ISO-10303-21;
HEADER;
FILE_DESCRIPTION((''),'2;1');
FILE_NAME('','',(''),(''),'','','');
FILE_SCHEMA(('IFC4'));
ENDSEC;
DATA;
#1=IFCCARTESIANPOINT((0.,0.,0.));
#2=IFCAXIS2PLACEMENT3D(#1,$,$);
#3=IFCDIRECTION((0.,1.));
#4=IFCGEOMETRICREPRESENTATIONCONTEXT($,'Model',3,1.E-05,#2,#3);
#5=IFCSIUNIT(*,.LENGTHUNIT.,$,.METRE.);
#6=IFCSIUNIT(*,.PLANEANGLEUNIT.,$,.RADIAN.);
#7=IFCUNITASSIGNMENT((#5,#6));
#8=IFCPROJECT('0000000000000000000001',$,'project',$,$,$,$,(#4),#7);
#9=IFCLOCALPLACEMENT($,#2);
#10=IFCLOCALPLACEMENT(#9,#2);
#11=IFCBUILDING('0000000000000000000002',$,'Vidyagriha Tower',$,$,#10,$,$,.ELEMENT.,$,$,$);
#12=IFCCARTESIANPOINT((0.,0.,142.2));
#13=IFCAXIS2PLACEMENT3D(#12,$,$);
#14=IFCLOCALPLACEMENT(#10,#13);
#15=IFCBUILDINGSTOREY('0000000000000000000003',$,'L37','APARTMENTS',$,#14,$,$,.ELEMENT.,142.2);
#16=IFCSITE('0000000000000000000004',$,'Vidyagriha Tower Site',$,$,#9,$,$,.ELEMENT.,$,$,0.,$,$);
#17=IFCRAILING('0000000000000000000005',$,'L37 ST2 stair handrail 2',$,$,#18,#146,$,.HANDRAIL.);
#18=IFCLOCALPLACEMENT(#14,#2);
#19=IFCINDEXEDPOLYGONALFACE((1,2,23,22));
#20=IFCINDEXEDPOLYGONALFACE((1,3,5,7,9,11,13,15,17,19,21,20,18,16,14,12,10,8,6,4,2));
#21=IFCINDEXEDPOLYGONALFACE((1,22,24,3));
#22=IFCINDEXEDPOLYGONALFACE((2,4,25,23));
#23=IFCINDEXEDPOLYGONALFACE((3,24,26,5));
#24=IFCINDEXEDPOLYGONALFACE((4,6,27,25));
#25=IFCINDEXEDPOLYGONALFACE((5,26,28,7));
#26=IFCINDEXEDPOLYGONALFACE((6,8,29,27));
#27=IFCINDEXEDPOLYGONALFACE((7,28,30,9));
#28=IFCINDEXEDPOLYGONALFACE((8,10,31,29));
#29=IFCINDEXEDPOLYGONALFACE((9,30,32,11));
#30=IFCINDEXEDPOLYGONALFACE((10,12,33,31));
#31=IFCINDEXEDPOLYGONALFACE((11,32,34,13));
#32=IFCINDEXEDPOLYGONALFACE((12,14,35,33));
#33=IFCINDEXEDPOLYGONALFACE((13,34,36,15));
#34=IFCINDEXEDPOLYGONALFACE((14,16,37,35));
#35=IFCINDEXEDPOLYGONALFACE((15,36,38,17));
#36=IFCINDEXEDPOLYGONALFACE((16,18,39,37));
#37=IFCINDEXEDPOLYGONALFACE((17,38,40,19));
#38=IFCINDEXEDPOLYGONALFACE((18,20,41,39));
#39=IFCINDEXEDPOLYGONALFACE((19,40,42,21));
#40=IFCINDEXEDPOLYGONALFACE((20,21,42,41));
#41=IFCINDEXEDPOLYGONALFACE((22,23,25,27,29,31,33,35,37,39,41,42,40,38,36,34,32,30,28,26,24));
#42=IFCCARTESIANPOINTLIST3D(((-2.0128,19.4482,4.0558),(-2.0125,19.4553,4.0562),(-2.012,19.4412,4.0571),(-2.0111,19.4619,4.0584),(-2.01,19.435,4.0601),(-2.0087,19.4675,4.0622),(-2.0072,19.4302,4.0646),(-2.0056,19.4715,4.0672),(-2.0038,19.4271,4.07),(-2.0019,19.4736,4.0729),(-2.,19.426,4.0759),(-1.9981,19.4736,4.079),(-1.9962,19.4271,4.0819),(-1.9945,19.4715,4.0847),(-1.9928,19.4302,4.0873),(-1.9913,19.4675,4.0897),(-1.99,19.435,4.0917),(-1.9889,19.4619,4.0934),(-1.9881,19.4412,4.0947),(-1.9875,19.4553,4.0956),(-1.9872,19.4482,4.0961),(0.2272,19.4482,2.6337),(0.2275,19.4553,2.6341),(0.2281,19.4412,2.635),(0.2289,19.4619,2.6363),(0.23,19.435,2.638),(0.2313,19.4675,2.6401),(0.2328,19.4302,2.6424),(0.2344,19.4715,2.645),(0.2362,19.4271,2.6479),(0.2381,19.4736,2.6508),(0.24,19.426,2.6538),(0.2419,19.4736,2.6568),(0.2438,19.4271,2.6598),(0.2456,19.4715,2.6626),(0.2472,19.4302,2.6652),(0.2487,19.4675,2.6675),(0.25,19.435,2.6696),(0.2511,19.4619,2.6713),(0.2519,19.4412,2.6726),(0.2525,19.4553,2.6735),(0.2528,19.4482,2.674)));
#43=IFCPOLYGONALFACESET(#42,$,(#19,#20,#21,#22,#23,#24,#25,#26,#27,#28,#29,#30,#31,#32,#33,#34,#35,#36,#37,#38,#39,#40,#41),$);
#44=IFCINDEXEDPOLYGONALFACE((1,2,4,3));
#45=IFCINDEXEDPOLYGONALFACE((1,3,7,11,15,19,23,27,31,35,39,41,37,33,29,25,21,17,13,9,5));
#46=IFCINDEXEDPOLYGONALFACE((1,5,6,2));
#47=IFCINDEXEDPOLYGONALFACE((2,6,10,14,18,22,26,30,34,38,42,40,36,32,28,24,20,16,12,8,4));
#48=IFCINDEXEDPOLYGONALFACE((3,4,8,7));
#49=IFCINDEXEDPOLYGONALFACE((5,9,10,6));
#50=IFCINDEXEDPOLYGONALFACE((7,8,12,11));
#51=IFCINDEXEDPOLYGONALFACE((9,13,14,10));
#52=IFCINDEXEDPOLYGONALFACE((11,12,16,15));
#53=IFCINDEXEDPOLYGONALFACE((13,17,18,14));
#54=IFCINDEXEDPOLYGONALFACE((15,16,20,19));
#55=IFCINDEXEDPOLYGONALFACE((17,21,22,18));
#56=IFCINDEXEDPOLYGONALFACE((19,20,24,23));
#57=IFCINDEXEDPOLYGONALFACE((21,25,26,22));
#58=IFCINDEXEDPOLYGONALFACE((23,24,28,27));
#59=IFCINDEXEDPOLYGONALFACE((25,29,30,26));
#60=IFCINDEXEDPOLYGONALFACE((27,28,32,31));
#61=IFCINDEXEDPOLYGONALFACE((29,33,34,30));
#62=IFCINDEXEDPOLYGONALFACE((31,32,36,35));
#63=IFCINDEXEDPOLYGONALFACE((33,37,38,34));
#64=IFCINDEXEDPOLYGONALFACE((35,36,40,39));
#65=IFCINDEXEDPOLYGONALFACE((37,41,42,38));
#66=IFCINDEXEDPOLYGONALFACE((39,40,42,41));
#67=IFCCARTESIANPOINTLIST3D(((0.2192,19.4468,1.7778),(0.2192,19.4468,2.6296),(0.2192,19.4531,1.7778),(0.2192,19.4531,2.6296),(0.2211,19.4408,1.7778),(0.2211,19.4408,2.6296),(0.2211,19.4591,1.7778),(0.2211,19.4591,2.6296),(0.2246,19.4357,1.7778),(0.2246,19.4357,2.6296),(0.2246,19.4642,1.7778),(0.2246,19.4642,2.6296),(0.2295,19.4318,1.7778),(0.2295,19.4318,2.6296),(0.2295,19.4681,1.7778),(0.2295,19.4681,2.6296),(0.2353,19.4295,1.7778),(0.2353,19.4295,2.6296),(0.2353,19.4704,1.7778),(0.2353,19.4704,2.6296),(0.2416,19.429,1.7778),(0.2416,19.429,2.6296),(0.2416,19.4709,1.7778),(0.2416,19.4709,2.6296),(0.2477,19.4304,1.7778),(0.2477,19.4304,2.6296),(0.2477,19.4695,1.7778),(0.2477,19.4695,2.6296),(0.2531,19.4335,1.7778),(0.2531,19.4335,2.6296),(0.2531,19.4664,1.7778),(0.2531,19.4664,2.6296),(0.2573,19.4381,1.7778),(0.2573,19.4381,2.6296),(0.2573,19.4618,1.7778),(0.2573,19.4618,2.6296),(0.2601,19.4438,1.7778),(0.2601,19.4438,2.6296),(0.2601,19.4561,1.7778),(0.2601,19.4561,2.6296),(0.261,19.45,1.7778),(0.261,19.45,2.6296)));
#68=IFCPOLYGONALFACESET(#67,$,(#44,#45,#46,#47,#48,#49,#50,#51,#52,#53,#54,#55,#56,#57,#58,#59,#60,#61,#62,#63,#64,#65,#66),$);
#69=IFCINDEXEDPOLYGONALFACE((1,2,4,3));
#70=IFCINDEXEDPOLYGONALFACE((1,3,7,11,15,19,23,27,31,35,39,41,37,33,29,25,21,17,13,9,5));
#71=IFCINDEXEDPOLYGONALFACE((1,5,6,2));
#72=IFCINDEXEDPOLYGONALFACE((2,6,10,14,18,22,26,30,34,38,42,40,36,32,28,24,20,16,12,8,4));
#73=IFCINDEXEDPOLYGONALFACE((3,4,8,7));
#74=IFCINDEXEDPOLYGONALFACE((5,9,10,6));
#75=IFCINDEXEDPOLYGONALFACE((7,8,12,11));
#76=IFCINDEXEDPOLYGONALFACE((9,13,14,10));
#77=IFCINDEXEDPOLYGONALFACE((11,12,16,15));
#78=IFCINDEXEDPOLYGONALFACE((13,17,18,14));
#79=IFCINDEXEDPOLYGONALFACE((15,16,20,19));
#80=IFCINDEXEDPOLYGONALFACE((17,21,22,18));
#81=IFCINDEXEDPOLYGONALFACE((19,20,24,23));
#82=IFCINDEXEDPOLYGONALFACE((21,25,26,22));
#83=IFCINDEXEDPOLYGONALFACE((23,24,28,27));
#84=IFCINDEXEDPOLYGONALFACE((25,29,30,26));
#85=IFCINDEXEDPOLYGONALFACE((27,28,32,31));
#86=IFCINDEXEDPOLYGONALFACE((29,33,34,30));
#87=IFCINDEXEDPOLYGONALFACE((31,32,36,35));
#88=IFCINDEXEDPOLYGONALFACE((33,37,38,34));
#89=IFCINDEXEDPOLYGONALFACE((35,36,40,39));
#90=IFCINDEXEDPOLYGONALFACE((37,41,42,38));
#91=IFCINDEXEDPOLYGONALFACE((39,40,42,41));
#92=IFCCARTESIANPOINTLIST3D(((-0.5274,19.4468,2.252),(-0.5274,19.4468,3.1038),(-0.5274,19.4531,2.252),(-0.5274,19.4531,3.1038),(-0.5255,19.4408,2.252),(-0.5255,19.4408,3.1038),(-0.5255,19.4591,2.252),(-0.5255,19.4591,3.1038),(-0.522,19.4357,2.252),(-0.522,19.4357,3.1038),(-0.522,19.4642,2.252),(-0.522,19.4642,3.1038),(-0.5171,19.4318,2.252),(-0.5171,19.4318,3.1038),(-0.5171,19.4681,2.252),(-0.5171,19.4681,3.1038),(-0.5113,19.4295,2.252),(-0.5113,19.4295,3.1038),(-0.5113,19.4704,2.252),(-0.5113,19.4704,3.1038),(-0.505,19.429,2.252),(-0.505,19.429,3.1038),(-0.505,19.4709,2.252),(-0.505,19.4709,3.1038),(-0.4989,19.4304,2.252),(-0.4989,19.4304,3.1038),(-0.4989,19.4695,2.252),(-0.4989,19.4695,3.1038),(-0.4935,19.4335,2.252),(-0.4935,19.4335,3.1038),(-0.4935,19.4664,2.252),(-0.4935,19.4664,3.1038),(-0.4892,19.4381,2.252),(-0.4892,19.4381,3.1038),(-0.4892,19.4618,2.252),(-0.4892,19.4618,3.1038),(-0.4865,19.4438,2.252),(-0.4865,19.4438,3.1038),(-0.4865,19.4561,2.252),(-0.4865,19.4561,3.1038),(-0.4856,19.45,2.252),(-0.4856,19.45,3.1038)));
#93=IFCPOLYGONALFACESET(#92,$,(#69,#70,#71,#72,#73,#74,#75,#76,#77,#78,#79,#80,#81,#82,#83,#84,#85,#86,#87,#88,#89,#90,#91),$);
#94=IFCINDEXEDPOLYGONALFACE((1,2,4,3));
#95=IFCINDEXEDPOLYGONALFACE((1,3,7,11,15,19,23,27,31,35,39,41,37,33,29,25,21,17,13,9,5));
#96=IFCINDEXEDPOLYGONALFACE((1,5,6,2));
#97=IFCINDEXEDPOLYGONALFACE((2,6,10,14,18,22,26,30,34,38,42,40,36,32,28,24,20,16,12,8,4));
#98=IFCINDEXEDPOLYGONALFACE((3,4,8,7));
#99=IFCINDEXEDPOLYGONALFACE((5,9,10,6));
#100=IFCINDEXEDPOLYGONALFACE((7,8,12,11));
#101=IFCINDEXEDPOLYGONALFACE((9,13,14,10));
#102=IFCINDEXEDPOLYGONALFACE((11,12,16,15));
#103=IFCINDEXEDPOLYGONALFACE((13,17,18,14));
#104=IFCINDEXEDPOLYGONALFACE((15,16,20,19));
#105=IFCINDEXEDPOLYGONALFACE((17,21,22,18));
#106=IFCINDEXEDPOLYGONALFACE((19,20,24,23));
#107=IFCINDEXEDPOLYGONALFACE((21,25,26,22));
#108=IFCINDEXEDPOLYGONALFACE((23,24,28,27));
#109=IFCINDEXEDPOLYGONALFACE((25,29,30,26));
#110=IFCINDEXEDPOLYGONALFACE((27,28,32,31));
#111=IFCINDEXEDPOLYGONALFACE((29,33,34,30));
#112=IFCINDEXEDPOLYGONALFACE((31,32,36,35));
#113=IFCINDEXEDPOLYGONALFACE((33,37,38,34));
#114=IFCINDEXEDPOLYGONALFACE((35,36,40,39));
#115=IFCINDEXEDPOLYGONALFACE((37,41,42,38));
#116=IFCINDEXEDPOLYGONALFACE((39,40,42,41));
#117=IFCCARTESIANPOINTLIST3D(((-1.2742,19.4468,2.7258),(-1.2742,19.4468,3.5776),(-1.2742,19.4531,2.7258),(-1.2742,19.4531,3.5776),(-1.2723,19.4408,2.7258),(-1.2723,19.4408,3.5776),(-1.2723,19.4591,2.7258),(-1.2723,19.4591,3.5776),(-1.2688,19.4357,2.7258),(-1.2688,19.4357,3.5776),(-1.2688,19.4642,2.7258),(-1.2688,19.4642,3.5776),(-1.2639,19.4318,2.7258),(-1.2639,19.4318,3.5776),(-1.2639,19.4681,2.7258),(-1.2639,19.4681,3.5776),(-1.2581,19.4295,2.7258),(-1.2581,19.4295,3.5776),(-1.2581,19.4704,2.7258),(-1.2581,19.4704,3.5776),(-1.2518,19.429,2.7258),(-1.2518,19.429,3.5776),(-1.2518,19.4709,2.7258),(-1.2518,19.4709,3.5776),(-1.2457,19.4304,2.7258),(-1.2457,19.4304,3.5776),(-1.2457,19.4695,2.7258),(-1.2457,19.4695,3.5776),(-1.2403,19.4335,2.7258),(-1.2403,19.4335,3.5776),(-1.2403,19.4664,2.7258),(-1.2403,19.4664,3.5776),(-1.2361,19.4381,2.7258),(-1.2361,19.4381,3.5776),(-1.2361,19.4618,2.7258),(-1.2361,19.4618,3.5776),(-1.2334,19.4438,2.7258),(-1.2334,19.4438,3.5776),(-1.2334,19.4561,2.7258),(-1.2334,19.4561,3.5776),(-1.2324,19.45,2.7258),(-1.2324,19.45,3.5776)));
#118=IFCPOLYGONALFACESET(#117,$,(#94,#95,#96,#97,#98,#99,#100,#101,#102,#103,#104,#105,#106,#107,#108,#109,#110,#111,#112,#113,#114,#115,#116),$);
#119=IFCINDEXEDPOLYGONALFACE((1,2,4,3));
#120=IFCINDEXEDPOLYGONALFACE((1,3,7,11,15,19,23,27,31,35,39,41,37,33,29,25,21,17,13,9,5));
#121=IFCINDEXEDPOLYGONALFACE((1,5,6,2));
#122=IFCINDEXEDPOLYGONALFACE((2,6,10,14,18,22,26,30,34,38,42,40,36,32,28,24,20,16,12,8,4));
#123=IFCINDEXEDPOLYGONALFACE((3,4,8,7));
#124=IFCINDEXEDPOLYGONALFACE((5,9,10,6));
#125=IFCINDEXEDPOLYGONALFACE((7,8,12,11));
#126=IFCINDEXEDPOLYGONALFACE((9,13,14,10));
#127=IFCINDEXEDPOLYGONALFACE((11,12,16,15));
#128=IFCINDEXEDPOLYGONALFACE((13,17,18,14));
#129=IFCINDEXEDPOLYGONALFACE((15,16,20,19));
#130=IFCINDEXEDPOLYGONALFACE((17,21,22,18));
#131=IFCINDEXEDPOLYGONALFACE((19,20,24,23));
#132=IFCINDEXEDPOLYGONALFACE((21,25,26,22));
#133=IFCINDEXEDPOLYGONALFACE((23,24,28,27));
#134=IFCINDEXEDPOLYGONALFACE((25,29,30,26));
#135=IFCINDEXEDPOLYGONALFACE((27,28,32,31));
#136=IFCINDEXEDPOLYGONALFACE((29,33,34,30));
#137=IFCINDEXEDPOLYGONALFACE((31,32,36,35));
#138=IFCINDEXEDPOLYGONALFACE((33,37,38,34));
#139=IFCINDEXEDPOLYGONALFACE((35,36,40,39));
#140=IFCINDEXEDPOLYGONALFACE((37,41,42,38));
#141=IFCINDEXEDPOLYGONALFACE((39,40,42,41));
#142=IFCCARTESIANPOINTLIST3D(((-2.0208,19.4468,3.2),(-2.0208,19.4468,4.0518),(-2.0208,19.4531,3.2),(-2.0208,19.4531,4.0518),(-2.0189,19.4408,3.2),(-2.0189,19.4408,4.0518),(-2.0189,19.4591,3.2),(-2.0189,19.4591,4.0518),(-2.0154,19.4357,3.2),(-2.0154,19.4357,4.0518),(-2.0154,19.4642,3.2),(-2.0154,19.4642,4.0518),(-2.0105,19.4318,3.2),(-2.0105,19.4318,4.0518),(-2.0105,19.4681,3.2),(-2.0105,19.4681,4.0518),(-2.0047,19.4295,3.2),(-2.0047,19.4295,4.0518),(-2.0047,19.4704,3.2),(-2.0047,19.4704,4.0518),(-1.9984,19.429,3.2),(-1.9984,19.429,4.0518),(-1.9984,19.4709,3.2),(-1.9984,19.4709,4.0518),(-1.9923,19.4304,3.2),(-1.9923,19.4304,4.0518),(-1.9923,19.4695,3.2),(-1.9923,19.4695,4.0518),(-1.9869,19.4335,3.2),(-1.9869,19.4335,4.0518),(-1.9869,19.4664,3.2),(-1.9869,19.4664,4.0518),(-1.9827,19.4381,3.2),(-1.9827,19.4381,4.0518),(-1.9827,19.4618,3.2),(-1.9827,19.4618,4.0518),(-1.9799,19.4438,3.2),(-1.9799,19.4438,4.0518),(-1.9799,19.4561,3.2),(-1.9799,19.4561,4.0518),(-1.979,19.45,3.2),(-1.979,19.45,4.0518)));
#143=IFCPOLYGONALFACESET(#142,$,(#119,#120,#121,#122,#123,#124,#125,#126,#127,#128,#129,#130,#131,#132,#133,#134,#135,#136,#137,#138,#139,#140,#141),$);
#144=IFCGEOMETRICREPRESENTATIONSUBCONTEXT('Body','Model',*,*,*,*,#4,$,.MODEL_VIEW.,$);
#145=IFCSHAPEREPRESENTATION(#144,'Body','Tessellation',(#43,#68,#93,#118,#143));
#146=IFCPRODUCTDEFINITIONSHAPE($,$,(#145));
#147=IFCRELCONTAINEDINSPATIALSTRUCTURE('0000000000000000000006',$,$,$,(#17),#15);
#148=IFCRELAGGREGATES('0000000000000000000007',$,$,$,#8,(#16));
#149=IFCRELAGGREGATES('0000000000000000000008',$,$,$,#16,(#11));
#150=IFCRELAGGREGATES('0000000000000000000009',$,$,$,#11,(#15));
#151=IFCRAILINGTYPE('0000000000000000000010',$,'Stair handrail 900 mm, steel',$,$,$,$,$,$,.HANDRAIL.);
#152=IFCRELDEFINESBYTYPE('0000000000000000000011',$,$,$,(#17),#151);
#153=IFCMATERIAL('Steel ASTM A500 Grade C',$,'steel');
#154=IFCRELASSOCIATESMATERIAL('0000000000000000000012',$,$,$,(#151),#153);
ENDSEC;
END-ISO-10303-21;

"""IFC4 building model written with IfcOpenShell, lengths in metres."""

from ifc_helpers import new_model, si_unit, direction, frame, origin, origin_2d, place, context, subcontext, project, spatial, circle, extrude, material, type_object, element, save


model = new_model("IFC4")

# Units and contexts
model_context = context("Model", 3, precision=1e-05, world=origin(), true_north=direction((0.0, 1.0)))
body_context = subcontext(model_context, "Body", "Model", "MODEL_VIEW")
ifc_project = project(units=[si_unit("LENGTHUNIT", "METRE"), si_unit("PLANEANGLEUNIT", "RADIAN")], contexts=[model_context])

# Site, building, storey
site_placement = place(None, origin())
site = spatial("IfcSite", under=ifc_project, at=site_placement, Name="Vidyagriha Tower Site", CompositionType="ELEMENT", RefElevation=0.0)
building_placement = place(site_placement, origin())
building = spatial("IfcBuilding", under=site, at=building_placement, Name="Vidyagriha Tower", CompositionType="ELEMENT")
storey_placement = place(building_placement, frame((0.0, 0.0, 142.2)))
storey = spatial("IfcBuildingStorey", under=building, at=storey_placement, Name="L37", Description="APARTMENTS", CompositionType="ELEMENT", Elevation=142.2)

# Railing
ifc_material_1 = material(Name="Steel ASTM A500 Grade C", Category="steel")
railing_type_1 = type_object("IfcRailingType", Name="Stair handrail 900 mm, steel", PredefinedType="HANDRAIL", material=ifc_material_1)
railing_1_placement = place(storey_placement, frame((0.24, 19.45, 1.7778)))
element("IfcRailing", 1, at=railing_1_placement, inside=storey, type_object=railing_type_1, Name="L37 ST2 stair handrail 2", PredefinedType="HANDRAIL", context=body_context, shape_type="SweptSolid", body=[
    extrude(circle(Radius=0.0239, at=origin_2d()), frame((0.0, 0.0, 0.876), z_axis=(-0.844229, 0.0, 0.535982), x_axis=(0.0, -1.0, 0.0)), (0.0, 0.0, 1.0), 2.6533),
    extrude(circle(Radius=0.021, at=origin_2d()), origin(), (0.0, 0.0, 1.0), 0.8518),
    extrude(circle(Radius=0.021, at=origin_2d()), frame((-0.7466, 0.0, 0.4741)), (0.0, 0.0, 1.0), 0.8518),
    extrude(circle(Radius=0.021, at=origin_2d()), frame((-1.4934, 0.0, 0.948)), (0.0, 0.0, 1.0), 0.8518),
    extrude(circle(Radius=0.021, at=origin_2d()), frame((-2.24, 0.0, 1.4221)), (0.0, 0.0, 1.0), 0.8518),
])

save(model, "model.ifc")
